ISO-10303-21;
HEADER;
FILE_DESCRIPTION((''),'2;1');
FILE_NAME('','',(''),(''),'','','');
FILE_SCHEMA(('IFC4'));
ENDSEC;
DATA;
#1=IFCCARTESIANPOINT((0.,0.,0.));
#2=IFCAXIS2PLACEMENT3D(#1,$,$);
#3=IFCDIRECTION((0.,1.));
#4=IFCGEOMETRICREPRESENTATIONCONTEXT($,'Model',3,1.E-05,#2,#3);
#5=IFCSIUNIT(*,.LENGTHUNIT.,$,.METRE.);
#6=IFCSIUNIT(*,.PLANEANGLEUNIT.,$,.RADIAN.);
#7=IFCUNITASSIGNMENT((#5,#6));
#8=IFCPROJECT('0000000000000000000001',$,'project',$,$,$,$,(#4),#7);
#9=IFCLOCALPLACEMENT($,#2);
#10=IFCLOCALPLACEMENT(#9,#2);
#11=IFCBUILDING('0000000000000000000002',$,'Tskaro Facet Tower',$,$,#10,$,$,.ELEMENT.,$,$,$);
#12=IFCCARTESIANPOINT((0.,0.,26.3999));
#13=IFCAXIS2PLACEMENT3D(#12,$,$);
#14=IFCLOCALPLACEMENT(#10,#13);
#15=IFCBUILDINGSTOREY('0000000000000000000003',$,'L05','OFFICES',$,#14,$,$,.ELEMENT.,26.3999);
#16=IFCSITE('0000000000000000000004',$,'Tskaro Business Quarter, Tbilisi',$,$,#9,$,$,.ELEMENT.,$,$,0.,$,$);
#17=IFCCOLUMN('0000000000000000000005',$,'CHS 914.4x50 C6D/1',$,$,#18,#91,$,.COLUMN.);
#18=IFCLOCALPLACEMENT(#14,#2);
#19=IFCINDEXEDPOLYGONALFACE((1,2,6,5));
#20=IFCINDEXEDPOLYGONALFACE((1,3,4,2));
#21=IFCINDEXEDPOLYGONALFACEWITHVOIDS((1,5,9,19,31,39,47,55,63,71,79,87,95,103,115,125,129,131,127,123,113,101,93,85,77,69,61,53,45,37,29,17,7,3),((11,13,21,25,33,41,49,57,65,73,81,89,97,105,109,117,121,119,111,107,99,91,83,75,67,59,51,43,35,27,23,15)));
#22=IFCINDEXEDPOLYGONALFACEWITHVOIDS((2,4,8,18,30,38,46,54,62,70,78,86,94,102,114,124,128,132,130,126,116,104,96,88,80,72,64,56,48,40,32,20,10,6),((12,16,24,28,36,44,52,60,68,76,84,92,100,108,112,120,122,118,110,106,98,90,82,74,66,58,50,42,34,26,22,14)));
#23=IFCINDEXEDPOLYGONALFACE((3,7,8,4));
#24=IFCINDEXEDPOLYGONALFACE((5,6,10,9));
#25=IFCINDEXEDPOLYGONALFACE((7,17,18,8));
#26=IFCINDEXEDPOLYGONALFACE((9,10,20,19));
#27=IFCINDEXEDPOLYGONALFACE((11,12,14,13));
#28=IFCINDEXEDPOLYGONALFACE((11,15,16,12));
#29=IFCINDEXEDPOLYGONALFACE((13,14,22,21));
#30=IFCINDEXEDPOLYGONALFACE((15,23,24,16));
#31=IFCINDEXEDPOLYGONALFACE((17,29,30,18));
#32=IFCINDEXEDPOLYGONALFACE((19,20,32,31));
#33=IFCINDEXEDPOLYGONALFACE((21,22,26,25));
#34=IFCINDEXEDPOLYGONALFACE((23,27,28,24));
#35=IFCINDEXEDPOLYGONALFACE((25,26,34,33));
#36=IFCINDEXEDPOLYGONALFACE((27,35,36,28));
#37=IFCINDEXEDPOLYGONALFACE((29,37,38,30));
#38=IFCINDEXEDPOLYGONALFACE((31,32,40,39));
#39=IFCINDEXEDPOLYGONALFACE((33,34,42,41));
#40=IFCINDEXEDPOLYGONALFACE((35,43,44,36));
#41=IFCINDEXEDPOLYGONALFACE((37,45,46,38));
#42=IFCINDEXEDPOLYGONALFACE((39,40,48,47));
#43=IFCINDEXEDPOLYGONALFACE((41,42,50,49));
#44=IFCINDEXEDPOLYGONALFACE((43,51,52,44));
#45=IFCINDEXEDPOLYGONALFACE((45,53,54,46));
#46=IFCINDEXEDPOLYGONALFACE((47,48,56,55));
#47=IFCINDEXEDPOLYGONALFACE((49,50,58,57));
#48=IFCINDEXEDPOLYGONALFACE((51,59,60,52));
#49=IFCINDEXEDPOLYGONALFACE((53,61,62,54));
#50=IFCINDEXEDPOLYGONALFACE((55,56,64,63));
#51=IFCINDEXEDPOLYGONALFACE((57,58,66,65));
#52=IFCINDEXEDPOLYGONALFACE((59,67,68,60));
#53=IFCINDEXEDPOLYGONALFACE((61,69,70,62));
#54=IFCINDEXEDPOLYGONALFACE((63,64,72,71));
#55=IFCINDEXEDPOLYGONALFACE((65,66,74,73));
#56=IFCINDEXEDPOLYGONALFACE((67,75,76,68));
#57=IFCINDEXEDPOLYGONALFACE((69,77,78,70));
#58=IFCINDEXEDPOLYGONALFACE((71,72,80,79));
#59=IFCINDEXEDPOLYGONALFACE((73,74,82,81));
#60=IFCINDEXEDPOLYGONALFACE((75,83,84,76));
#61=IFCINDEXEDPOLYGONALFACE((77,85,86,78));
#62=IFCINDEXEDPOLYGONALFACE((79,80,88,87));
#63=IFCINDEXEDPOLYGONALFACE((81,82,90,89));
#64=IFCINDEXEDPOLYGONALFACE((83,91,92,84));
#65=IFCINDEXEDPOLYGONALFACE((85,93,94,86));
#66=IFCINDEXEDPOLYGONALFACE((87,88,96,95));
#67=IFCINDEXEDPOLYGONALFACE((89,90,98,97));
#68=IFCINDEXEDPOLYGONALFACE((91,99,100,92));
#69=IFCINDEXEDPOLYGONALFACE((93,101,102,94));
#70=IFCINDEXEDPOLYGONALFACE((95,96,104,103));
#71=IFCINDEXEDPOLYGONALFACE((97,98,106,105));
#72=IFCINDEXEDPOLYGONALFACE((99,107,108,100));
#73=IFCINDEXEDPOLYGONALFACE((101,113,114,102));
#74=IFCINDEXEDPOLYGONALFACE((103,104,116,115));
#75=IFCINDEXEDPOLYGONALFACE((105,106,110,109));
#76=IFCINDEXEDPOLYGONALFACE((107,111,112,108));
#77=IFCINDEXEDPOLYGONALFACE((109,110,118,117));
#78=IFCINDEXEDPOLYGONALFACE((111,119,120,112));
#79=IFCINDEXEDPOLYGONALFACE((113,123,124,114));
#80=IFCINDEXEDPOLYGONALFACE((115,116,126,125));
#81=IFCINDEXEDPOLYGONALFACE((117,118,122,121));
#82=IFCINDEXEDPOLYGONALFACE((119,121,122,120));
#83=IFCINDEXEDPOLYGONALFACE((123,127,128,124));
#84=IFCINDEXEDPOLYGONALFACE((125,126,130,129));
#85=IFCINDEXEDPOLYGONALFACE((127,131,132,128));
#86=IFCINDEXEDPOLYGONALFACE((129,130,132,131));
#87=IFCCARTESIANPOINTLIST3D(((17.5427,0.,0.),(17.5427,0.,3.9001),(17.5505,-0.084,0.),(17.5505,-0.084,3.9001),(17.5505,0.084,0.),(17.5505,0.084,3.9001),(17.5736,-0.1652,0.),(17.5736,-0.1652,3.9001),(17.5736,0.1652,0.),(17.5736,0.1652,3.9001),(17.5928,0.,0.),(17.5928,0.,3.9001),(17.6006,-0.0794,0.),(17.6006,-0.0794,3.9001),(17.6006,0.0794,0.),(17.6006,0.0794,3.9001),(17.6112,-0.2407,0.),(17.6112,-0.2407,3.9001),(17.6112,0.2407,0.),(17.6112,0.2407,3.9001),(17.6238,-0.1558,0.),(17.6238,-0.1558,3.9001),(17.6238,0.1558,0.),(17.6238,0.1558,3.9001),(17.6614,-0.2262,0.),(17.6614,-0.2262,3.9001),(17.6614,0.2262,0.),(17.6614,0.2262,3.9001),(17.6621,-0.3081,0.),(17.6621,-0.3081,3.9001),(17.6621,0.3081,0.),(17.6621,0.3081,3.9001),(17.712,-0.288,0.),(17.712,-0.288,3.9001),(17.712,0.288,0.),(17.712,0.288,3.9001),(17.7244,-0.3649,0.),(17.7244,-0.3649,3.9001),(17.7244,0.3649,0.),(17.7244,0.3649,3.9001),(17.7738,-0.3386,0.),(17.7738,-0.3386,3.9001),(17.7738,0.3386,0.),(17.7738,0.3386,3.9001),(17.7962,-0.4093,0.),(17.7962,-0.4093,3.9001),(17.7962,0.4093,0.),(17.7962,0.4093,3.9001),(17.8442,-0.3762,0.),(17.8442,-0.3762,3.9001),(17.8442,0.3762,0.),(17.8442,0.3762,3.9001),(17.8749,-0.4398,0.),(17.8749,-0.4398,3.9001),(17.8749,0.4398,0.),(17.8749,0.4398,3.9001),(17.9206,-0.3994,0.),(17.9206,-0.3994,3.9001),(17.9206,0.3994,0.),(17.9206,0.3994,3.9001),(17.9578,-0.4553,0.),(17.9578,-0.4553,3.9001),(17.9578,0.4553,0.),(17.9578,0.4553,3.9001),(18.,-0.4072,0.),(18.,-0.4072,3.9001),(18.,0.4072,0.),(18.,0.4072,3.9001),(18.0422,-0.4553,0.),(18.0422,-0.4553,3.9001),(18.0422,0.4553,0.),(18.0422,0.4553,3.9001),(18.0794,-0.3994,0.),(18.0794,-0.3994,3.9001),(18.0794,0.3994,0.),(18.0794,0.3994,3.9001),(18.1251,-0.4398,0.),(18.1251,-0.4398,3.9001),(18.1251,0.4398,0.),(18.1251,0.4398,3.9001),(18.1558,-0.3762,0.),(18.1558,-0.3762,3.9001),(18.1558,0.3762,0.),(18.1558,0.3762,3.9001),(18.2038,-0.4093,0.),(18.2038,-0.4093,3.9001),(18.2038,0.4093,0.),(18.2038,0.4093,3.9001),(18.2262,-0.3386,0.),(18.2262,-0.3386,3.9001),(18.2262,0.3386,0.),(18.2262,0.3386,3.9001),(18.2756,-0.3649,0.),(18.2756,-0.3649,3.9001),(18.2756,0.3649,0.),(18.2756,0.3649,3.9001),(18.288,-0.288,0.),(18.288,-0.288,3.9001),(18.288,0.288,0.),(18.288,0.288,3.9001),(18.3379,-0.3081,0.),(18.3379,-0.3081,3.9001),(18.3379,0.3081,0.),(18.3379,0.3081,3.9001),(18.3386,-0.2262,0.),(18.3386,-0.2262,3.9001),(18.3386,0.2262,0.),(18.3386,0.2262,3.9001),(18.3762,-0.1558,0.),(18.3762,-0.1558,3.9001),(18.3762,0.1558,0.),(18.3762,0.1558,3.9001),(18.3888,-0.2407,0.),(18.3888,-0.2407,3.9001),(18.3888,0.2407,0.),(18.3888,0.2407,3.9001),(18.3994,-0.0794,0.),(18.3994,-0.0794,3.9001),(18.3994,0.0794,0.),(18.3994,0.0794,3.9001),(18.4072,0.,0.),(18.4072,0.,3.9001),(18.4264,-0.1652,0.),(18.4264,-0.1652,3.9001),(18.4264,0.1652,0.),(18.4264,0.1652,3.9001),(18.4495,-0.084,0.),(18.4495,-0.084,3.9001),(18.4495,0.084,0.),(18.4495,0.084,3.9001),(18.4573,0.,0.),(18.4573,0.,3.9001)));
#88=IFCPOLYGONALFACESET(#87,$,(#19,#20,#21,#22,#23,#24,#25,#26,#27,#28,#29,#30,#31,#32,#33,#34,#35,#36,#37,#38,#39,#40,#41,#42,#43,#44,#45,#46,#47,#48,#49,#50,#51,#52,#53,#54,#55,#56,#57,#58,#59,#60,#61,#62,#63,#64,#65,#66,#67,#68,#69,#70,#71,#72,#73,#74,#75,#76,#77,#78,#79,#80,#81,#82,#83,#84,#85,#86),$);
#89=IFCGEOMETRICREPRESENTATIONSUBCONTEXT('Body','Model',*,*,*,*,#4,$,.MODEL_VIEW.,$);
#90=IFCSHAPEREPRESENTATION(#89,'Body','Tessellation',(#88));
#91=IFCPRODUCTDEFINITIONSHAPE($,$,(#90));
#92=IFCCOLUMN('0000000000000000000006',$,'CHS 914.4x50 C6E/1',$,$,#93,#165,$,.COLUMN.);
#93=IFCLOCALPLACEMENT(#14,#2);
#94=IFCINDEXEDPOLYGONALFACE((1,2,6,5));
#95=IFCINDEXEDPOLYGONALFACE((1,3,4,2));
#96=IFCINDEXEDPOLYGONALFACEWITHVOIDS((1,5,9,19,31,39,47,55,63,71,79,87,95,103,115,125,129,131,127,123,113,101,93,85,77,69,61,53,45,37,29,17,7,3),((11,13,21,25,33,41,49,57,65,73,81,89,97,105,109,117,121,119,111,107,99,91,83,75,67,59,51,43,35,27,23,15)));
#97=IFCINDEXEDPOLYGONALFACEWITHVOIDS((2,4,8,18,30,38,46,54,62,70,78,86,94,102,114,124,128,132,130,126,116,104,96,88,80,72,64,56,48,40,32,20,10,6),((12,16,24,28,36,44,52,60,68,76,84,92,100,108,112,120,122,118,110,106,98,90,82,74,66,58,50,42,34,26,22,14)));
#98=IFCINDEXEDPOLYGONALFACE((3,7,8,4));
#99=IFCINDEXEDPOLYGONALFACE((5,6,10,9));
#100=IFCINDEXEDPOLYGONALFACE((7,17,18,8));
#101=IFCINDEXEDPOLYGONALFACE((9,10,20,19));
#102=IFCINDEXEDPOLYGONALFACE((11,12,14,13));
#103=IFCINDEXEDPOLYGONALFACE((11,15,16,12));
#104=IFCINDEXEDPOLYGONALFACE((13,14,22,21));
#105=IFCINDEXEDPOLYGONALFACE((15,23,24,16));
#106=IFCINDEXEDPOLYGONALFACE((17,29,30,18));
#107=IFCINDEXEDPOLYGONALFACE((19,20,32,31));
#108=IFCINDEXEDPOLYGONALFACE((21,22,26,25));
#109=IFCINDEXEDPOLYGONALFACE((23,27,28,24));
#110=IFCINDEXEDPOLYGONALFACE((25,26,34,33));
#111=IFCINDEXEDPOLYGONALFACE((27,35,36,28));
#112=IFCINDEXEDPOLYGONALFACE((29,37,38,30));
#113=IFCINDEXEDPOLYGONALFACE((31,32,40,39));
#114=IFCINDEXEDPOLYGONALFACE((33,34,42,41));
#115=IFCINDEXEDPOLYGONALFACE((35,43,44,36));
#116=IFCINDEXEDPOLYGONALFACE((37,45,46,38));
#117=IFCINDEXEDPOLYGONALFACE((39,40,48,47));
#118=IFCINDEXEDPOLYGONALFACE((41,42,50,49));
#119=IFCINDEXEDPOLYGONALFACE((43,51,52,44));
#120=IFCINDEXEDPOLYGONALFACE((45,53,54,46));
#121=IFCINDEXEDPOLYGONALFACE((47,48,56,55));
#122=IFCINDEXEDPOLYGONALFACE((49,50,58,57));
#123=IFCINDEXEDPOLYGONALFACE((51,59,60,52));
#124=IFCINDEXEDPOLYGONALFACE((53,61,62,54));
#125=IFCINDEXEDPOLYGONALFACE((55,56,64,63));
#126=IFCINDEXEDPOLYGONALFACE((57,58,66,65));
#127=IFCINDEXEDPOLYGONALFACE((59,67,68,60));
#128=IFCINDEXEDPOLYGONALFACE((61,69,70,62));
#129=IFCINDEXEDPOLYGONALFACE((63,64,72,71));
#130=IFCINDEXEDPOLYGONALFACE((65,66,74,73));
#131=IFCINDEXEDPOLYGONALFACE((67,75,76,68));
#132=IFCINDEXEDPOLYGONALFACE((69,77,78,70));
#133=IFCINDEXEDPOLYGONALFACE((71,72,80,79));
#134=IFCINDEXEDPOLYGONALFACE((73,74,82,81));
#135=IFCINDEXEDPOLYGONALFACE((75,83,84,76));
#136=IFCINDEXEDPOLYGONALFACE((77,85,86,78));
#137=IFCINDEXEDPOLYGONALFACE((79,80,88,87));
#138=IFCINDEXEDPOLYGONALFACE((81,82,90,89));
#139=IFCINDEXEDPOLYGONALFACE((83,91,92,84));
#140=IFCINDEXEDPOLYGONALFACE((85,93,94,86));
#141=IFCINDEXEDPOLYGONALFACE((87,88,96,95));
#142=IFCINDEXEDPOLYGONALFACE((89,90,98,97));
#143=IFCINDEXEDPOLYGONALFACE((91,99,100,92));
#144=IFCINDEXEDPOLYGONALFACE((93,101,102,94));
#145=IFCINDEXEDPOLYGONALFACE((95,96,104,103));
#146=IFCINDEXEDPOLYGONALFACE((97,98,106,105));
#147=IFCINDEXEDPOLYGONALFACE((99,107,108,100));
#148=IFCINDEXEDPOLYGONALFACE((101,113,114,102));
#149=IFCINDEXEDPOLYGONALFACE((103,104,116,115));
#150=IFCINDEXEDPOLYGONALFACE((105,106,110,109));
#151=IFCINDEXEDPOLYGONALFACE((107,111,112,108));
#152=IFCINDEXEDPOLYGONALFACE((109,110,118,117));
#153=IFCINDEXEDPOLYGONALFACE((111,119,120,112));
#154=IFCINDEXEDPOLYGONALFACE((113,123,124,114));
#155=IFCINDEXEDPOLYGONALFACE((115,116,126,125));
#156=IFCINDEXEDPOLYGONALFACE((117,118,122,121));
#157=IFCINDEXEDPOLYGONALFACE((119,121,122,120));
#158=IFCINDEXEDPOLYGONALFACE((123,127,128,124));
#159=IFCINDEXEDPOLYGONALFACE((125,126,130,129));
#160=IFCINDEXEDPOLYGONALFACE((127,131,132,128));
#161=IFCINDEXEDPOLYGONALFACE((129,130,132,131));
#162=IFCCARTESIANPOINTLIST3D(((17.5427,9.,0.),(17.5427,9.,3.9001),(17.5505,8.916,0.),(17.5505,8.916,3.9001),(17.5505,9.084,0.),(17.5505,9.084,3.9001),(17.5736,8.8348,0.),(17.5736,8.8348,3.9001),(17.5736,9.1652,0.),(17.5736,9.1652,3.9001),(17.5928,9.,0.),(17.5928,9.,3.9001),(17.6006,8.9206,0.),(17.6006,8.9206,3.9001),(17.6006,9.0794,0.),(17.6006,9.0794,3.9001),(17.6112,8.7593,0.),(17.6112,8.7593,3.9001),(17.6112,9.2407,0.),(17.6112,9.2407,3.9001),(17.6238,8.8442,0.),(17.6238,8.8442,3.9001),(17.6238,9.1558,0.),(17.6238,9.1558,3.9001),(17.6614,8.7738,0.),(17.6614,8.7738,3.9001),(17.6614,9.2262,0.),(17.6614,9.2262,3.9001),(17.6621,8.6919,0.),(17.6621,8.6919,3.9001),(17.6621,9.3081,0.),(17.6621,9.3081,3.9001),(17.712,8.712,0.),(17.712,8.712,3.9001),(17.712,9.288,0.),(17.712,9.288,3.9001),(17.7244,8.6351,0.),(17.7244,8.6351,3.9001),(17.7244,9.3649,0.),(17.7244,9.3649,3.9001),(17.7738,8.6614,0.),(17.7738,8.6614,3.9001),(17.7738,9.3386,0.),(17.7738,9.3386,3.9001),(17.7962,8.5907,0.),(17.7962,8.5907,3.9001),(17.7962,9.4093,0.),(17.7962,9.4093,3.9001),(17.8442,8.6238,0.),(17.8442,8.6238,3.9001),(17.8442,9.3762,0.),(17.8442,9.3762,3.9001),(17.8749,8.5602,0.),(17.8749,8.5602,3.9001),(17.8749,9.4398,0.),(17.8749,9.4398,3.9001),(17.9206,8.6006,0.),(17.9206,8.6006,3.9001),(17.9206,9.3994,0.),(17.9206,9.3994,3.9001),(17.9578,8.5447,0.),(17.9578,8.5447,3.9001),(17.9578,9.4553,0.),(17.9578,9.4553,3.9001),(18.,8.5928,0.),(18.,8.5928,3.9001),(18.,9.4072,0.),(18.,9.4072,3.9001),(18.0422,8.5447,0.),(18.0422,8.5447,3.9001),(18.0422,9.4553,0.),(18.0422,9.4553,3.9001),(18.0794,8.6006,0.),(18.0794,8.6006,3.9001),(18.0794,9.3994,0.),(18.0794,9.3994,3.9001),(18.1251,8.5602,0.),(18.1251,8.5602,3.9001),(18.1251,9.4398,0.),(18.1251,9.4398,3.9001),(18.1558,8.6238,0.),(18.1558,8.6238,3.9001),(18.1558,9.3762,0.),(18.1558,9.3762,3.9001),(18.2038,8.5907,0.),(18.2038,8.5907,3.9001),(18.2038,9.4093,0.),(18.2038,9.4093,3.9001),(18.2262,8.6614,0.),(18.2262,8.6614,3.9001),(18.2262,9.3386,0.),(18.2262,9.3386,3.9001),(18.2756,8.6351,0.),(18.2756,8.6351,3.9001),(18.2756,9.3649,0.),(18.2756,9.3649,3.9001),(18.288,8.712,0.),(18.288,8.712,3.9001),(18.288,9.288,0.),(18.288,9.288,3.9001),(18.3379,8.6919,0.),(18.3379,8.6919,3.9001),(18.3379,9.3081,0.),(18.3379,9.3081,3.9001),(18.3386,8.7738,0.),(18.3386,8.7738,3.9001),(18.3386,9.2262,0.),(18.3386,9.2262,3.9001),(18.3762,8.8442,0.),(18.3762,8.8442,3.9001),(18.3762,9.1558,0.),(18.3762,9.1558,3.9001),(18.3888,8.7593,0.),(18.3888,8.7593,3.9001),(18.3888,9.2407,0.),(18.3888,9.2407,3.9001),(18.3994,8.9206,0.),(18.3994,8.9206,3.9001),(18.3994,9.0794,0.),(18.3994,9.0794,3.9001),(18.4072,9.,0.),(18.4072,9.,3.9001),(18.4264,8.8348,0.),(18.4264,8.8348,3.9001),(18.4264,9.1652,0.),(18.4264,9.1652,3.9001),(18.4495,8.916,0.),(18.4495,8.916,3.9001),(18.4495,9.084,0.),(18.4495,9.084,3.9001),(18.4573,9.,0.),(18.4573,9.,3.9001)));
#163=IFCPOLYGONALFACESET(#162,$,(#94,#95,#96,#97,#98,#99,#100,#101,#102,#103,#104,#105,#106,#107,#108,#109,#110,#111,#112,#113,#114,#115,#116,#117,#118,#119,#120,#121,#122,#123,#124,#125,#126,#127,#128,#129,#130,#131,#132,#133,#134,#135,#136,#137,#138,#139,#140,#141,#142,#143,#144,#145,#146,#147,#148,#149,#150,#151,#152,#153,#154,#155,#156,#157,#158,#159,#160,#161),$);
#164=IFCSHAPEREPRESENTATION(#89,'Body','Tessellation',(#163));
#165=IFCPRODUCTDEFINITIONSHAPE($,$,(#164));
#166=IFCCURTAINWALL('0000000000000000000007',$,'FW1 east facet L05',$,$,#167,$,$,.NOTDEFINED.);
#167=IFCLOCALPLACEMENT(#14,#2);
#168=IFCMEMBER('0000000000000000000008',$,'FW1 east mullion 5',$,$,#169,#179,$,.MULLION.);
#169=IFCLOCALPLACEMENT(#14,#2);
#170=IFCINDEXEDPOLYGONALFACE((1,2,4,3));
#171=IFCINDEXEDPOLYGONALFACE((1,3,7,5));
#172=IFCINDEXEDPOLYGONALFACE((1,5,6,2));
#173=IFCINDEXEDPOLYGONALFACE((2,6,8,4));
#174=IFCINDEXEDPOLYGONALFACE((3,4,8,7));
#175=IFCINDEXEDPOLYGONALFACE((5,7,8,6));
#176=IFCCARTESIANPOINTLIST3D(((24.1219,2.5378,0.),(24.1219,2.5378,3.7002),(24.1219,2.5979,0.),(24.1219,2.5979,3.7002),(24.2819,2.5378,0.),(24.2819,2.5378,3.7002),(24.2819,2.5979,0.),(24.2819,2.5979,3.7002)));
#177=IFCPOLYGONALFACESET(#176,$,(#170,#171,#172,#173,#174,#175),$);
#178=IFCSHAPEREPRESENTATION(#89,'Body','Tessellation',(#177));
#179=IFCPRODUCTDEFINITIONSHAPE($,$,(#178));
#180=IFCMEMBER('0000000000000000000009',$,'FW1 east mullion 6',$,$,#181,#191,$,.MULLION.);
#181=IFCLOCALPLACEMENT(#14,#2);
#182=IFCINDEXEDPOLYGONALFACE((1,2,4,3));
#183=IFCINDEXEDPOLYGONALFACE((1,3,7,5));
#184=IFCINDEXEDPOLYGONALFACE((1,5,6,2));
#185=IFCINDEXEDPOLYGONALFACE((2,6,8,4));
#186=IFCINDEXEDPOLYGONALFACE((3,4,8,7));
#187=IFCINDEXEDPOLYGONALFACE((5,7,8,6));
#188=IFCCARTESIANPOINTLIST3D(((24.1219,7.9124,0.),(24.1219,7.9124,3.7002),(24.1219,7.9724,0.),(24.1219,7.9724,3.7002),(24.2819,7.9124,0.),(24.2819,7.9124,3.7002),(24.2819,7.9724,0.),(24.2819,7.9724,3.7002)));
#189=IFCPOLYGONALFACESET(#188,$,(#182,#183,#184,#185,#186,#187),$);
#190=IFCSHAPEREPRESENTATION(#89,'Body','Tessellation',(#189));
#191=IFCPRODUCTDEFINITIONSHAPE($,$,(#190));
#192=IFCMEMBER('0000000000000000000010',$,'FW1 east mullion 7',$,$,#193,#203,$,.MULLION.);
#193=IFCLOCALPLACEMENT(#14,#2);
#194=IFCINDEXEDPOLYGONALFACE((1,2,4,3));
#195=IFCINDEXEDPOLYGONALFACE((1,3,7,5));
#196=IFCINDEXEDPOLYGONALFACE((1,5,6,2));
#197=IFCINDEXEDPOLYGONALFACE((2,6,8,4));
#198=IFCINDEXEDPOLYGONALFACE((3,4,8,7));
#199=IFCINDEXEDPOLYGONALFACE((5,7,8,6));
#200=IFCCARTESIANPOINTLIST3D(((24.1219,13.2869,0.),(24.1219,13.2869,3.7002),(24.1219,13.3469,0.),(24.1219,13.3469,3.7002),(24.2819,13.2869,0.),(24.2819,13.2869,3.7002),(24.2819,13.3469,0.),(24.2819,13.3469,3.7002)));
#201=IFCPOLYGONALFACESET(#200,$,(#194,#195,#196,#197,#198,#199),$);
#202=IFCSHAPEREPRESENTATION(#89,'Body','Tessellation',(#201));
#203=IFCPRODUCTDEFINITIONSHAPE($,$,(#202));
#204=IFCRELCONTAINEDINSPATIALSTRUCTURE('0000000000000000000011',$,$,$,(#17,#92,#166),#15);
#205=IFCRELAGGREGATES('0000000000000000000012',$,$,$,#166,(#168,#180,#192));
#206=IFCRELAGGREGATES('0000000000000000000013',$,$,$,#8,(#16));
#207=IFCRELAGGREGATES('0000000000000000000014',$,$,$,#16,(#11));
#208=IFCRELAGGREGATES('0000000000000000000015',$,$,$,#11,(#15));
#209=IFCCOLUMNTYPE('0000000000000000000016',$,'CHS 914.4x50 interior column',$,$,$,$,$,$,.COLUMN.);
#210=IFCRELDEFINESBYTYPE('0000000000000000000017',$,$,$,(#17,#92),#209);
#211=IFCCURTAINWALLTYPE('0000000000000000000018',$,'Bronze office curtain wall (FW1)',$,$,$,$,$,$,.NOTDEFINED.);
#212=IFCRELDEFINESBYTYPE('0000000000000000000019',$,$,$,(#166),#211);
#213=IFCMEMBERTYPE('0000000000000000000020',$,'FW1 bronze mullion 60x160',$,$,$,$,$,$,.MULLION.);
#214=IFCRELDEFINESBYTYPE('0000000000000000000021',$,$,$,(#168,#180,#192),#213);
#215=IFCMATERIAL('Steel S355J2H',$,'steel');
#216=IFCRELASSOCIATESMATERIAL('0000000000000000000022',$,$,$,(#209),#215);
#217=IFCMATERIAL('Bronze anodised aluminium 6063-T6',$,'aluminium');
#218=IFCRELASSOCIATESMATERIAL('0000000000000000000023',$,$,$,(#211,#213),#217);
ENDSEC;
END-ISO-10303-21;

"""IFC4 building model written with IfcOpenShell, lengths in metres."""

from ifc_helpers import new_model, si_unit, direction, frame, origin, origin_2d, place, context, subcontext, project, spatial, rectangle, hollow_circle, extrude, material, material_profile, profile_set, type_object, element, aggregate, save


model = new_model("IFC4")

# Units and contexts
model_context = context("Model", 3, precision=1e-05, world=origin(), true_north=direction((0.0, 1.0)))
body_context = subcontext(model_context, "Body", "Model", "MODEL_VIEW")
ifc_project = project(units=[si_unit("LENGTHUNIT", "METRE"), si_unit("PLANEANGLEUNIT", "RADIAN")], contexts=[model_context])

# Site, building, storey
site_placement = place(None, origin())
site = spatial("IfcSite", under=ifc_project, at=site_placement, Name="Tskaro Business Quarter, Tbilisi", CompositionType="ELEMENT", RefElevation=0.0)
building_placement = place(site_placement, origin())
building = spatial("IfcBuilding", under=site, at=building_placement, Name="Tskaro Facet Tower", CompositionType="ELEMENT")
storey_placement = place(building_placement, frame((0.0, 0.0, 26.3999)))
storey = spatial("IfcBuildingStorey", under=building, at=storey_placement, Name="L05", Description="OFFICES", CompositionType="ELEMENT", Elevation=26.3999)

# Columns
ifc_material_1 = material(Name="Steel S355J2H", Category="steel")
ifc_material_profile_1 = material_profile(ifc_material_1, hollow_circle(Radius=0.4573, WallThickness=0.05, at=origin_2d()), Name="CHS 914.4x50")
ifc_profile_set_1 = profile_set([ifc_material_profile_1], Name="Steel S355J2H")
column_type_1 = type_object("IfcColumnType", Name="CHS 914.4x50 interior column", PredefinedType="COLUMN", material=ifc_profile_set_1)
for number, where, z_axis, x_axis, name in (
    (1, (18.0, 0.0, 0.0), (0.0, 0.0, 1.0), (1.0, 0.0, 0.0), "CHS 914.4x50 C6D/1"),
    (2, (18.0, 9.0, 0.0), (0.0, 0.0, 1.0), (1.0, 0.0, 0.0), "CHS 914.4x50 C6E/1"),
):
    element("IfcColumn", number, at=place(storey_placement, frame(where, z_axis=z_axis, x_axis=x_axis)), inside=storey, type_object=column_type_1, Name=name, PredefinedType="COLUMN", context=body_context, shape_type="SweptSolid", body=[
        extrude(hollow_circle(Radius=0.4573, WallThickness=0.05, at=origin_2d()), origin(), (0.0, 0.0, 1.0), 3.9001),
    ])

# Curtain wall, members
ifc_material_2 = material(Name="Bronze anodised aluminium 6063-T6", Category="aluminium")
curtain_wall_type = type_object("IfcCurtainWallType", Name="Bronze office curtain wall (FW1)", PredefinedType="NOTDEFINED", material=ifc_material_2)
curtain_wall_placement = place(storey_placement, origin())
curtain_wall = element("IfcCurtainWall", 3, at=curtain_wall_placement, inside=storey, type_object=curtain_wall_type, Name="FW1 east facet L05", PredefinedType="NOTDEFINED")
ifc_material_profile_2 = material_profile(ifc_material_2, rectangle(XDim=0.0601, YDim=0.1599, at=origin_2d()), Name="Mullion 60x160")
ifc_profile_set_2 = profile_set([ifc_material_profile_2], Name="Bronze anodised aluminium 6063-T6")
member_type_1 = type_object("IfcMemberType", Name="FW1 bronze mullion 60x160", PredefinedType="MULLION", material=ifc_profile_set_2)
member_1_placement = place(storey_placement, frame((24.2019, 2.5679, 0.0), z_axis=(0.0, 0.0, 1.0), x_axis=(0.0, 1.0, 0.0)))
member_1 = element("IfcMember", 4, at=member_1_placement, type_object=member_type_1, Name="FW1 east mullion 5", PredefinedType="MULLION", context=body_context, shape_type="SweptSolid", body=[
    extrude(rectangle(XDim=0.0601, YDim=0.1599, at=origin_2d()), origin(), (0.0, 0.0, 1.0), 3.7002),
])
member_2_placement = place(storey_placement, frame((24.2019, 7.9424, 0.0), z_axis=(0.0, 0.0, 1.0), x_axis=(0.0, 1.0, 0.0)))
member_2 = element("IfcMember", 5, at=member_2_placement, type_object=member_type_1, Name="FW1 east mullion 6", PredefinedType="MULLION", context=body_context, shape_type="SweptSolid", body=[
    extrude(rectangle(XDim=0.0601, YDim=0.1599, at=origin_2d()), origin(), (0.0, 0.0, 1.0), 3.7002),
])
member_3_placement = place(storey_placement, frame((24.2019, 13.3169, 0.0), z_axis=(0.0, 0.0, 1.0), x_axis=(0.0, 1.0, 0.0)))
member_3 = element("IfcMember", 6, at=member_3_placement, type_object=member_type_1, Name="FW1 east mullion 7", PredefinedType="MULLION", context=body_context, shape_type="SweptSolid", body=[
    extrude(rectangle(XDim=0.0601, YDim=0.1599, at=origin_2d()), origin(), (0.0, 0.0, 1.0), 3.7002),
])

aggregate(curtain_wall, [member_1, member_2, member_3])

save(model, "model.ifc")
